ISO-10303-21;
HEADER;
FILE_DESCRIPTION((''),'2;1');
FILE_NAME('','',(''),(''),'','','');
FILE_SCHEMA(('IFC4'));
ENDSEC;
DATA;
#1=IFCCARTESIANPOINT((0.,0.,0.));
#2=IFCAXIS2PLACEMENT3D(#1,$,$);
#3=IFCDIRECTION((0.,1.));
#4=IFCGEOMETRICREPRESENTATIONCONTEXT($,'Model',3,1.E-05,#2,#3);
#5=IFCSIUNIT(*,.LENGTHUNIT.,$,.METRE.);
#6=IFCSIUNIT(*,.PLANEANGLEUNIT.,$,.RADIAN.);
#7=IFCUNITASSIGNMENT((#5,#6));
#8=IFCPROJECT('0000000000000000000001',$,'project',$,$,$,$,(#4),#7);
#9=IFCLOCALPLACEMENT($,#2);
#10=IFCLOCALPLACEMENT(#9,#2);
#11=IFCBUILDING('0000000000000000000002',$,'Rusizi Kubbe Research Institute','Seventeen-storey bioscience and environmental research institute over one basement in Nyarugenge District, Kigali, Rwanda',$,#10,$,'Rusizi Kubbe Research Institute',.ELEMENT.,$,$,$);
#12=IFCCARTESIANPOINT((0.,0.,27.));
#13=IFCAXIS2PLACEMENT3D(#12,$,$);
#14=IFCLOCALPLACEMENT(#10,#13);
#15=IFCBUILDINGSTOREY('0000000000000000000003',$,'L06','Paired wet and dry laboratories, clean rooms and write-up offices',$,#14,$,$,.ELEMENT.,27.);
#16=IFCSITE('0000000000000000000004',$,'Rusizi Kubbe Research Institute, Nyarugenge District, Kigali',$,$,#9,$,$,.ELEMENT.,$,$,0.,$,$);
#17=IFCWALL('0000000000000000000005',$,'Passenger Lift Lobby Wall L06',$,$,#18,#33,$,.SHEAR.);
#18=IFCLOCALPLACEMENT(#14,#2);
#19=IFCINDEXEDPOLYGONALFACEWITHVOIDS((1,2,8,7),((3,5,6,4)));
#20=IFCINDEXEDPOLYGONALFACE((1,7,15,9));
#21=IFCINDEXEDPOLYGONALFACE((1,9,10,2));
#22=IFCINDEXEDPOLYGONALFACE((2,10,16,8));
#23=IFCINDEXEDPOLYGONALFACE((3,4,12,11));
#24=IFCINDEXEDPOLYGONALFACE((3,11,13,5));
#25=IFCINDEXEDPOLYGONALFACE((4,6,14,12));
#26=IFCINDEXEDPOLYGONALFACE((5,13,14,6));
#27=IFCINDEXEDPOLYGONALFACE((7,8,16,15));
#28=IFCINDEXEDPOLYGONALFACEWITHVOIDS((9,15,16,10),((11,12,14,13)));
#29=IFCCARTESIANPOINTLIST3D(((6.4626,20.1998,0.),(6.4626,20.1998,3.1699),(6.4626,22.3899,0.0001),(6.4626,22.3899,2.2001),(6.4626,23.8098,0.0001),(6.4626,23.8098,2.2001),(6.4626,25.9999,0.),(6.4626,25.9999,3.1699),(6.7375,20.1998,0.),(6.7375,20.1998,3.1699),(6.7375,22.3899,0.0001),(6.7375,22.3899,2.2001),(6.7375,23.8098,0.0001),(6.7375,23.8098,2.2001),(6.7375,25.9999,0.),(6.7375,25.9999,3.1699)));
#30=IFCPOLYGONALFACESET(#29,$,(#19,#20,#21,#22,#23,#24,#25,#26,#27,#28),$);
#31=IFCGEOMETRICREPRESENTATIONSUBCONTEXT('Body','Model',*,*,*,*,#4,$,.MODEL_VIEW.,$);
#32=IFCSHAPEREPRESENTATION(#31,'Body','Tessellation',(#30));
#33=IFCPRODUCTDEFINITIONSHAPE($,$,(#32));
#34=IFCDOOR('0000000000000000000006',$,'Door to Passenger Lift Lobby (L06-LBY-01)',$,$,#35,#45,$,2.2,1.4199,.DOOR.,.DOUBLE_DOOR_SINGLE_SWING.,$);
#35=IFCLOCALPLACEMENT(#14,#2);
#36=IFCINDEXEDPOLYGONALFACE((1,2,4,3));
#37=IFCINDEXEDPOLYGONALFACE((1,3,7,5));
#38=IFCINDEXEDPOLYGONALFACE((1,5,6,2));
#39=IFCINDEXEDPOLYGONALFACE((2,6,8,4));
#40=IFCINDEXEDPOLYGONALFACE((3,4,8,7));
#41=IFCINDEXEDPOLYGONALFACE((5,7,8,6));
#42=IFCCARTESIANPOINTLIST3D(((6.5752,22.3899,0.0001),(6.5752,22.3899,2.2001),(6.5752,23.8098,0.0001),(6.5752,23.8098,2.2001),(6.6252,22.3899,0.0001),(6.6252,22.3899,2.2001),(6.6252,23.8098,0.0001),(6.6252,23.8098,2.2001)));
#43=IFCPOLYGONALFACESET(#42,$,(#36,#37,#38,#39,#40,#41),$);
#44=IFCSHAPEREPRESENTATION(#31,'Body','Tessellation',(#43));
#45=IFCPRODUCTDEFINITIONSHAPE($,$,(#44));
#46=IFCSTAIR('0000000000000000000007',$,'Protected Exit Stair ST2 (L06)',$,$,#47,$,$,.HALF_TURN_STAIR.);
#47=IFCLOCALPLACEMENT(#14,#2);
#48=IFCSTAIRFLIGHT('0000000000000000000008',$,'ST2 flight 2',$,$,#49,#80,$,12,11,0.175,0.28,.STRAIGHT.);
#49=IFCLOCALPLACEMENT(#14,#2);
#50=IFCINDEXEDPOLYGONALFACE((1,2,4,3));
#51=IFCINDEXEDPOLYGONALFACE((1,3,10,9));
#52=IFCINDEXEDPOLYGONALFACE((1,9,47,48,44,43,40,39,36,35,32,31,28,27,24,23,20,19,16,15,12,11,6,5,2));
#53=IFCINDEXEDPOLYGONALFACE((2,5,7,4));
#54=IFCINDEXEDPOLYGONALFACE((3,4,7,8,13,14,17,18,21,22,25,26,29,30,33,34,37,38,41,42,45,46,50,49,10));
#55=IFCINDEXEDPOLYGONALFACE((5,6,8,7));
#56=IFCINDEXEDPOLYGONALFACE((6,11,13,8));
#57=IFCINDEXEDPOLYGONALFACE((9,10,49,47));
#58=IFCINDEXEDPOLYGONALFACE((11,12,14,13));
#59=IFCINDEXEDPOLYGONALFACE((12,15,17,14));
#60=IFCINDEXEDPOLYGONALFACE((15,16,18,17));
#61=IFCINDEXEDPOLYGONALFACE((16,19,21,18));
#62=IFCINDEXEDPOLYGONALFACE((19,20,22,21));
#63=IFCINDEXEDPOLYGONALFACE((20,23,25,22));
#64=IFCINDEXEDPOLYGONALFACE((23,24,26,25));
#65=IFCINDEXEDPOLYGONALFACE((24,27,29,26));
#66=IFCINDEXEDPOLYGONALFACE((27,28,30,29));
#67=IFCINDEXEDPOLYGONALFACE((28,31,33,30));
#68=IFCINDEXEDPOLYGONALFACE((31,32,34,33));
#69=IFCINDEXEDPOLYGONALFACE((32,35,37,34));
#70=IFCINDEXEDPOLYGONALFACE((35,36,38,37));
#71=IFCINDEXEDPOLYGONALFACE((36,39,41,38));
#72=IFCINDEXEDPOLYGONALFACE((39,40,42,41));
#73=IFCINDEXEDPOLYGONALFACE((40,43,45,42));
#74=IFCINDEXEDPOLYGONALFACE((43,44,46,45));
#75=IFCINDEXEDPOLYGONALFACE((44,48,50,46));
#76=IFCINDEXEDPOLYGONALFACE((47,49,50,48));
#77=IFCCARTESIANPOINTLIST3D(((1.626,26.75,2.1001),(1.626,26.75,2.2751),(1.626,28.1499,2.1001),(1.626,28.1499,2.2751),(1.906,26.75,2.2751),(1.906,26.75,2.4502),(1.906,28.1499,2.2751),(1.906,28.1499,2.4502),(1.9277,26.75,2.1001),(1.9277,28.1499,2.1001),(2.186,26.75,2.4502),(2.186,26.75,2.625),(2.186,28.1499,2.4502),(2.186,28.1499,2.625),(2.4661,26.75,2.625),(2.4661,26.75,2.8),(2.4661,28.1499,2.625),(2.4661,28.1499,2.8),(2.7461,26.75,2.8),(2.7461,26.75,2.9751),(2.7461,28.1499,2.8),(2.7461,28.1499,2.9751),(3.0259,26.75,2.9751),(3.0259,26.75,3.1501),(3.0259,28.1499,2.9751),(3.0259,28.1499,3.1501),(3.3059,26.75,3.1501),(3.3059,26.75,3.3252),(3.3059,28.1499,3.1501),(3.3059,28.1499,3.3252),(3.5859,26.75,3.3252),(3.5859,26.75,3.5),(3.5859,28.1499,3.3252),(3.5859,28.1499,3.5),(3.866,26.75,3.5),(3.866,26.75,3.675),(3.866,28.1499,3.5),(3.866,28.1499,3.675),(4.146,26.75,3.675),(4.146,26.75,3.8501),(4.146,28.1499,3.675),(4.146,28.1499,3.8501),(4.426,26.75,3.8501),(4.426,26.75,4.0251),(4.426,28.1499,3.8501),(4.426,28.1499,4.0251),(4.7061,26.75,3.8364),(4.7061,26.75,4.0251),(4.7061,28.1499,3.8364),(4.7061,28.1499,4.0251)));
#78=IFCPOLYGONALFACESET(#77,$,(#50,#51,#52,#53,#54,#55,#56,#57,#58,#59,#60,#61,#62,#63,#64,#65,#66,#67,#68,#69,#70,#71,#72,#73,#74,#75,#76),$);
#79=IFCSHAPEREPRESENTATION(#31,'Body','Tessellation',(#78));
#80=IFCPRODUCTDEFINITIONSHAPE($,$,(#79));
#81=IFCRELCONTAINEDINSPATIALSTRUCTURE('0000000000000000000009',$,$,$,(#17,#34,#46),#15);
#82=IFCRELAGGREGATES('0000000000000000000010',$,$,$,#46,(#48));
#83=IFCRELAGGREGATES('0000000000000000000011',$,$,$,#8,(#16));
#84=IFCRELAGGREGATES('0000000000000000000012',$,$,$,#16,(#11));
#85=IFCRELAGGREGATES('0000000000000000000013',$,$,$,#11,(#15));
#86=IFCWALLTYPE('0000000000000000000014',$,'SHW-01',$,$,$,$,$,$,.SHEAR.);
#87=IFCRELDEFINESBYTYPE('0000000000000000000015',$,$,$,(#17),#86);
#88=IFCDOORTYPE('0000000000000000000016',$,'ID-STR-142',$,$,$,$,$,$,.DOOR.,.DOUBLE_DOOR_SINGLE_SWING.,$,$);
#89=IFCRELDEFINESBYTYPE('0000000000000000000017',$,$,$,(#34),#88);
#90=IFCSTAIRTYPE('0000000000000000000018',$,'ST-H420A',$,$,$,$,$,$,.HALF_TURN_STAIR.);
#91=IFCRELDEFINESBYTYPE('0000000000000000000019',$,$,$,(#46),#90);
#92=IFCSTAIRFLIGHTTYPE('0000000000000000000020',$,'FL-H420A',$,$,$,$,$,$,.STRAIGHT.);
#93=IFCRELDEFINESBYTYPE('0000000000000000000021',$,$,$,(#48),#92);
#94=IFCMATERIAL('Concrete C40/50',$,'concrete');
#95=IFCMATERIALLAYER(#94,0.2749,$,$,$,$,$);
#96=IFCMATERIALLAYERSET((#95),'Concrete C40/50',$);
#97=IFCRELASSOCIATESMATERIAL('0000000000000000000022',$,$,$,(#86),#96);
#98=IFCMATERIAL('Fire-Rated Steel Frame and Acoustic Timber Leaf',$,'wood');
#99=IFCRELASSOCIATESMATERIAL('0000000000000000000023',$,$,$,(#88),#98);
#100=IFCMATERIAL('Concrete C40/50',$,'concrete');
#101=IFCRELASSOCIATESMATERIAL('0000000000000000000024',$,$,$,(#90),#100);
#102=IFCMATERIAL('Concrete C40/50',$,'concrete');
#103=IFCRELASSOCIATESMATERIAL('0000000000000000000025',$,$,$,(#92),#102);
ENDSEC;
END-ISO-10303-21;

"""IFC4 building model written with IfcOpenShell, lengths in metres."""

from ifc_helpers import new_model, si_unit, direction, frame, frame_2d, origin, place, context, subcontext, project, spatial, polyline, rectangle, outline, extrude, material, layer, layer_set, type_object, element, fill, aggregate, save


model = new_model("IFC4")

# Units and contexts
model_context = context("Model", 3, precision=1e-05, world=origin(), true_north=direction((0.0, 1.0)))
body_context = subcontext(model_context, "Body", "Model", "MODEL_VIEW")
ifc_project = project(units=[si_unit("LENGTHUNIT", "METRE"), si_unit("PLANEANGLEUNIT", "RADIAN")], contexts=[model_context])

# Site, building, storey
site_placement = place(None, origin())
site = spatial("IfcSite", under=ifc_project, at=site_placement, Name="Rusizi Kubbe Research Institute, Nyarugenge District, Kigali", CompositionType="ELEMENT", RefElevation=0.0)
building_placement = place(site_placement, origin())
building = spatial("IfcBuilding", under=site, at=building_placement, Name="Rusizi Kubbe Research Institute", Description="Seventeen-storey bioscience and environmental research institute over one basement in Nyarugenge District, Kigali, Rwanda", LongName="Rusizi Kubbe Research Institute", CompositionType="ELEMENT")
storey_placement = place(building_placement, frame((0.0, 0.0, 27.0)))
storey = spatial("IfcBuildingStorey", under=building, at=storey_placement, Name="L06", Description="Paired wet and dry laboratories, clean rooms and write-up offices", CompositionType="ELEMENT", Elevation=27.0)

# Wall, opening, door
ifc_material_1 = material(Name="Concrete C40/50", Category="concrete")
ifc_layer_1 = layer(ifc_material_1, 0.2749)
ifc_layer_set_1 = layer_set([ifc_layer_1], Name="Concrete C40/50")
wall_type_1 = type_object("IfcWallType", Name="SHW-01", PredefinedType="SHEAR", material=ifc_layer_set_1)
wall_1_placement = place(storey_placement, frame((6.6001, 20.2, 0.0), z_axis=(0.0, 0.0, 1.0), x_axis=(0.0, 1.0, 0.0)))
wall_1 = element("IfcWall", 1, at=wall_1_placement, inside=storey, type_object=wall_type_1, Name="Passenger Lift Lobby Wall L06", PredefinedType="SHEAR", context=body_context, shape_type="SweptSolid", body=[
    extrude(rectangle(XDim=5.8, YDim=0.2749, at=frame_2d((2.8999, 0.0))), origin(), (0.0, 0.0, 1.0), 3.1699),
])
opening_1_placement = place(wall_1_placement, frame((2.1899, 0.0, 0.0)))
opening_1 = element("IfcOpeningElement", 2, at=opening_1_placement, cuts=wall_1, PredefinedType="OPENING", context=body_context, shape_type="SweptSolid", body=[
    extrude(rectangle(XDim=1.4199, YDim=2.2, at=frame_2d((0.71, 1.1001))), frame((0.0, 0.1475, 0.0), z_axis=(0.0, -1.0, 0.0), x_axis=(1.0, 0.0, 0.0)), (0.0, 0.0, 1.0), 0.2949),
])
ifc_material_2 = material(Name="Fire-Rated Steel Frame and Acoustic Timber Leaf", Category="wood")
door_type_1 = type_object("IfcDoorType", Name="ID-STR-142", OperationType="DOUBLE_DOOR_SINGLE_SWING", PredefinedType="DOOR", material=ifc_material_2)
door_1_placement = place(opening_1_placement, origin())
door_1 = element("IfcDoor", 3, at=door_1_placement, inside=storey, type_object=door_type_1, Name="Door to Passenger Lift Lobby (L06-LBY-01)", OperationType="DOUBLE_DOOR_SINGLE_SWING", OverallHeight=2.2, OverallWidth=1.4199, PredefinedType="DOOR", context=body_context, shape_type="SweptSolid", body=[
    extrude(rectangle(XDim=1.4199, YDim=2.2, at=frame_2d((0.71, 1.1001))), frame((0.0, 0.0249, 0.0), z_axis=(0.0, -1.0, 0.0), x_axis=(1.0, 0.0, 0.0)), (0.0, 0.0, 1.0), 0.05),
])
fill(opening_1, door_1)

# Stair, stair flight
ifc_material_3 = material(Name="Concrete C40/50", Category="concrete")
stair_type = type_object("IfcStairType", Name="ST-H420A", PredefinedType="HALF_TURN_STAIR", material=ifc_material_3)
stair_placement = place(storey_placement, origin())
stair = element("IfcStair", 4, at=stair_placement, inside=storey, type_object=stair_type, Name="Protected Exit Stair ST2 (L06)", PredefinedType="HALF_TURN_STAIR")
ifc_material_4 = material(Name="Concrete C40/50", Category="concrete")
stair_flight_type = type_object("IfcStairFlightType", Name="FL-H420A", PredefinedType="STRAIGHT", material=ifc_material_4)
stair_flight_placement = place(storey_placement, frame((1.626, 27.45, 2.1001), z_axis=(0.0, 0.0, 1.0), x_axis=(1.0, 0.0, 0.0)))
stair_flight = element("IfcStairFlight", 5, at=stair_flight_placement, type_object=stair_flight_type, Name="ST2 flight 2", NumberOfRisers=12, NumberOfTreads=11, PredefinedType="STRAIGHT", RiserHeight=0.175, TreadLength=0.28, context=body_context, shape_type="SweptSolid", body=[
    extrude(outline(polyline([(0.0, 0.0), (0.0, 0.175), (0.28, 0.175), (0.28, 0.3501), (0.5601, 0.3501), (0.5601, 0.5249), (0.8401, 0.5249), (0.8401, 0.7), (1.1201, 0.7), (1.1201, 0.875), (1.3999, 0.875), (1.3999, 1.05), (1.6799, 1.05), (1.6799, 1.2251), (1.96, 1.2251), (1.96, 1.3999), (2.24, 1.3999), (2.24, 1.575), (2.52, 1.575), (2.52, 1.75), (2.8, 1.75), (2.8, 1.925), (3.0801, 1.925), (3.0801, 2.1001), (3.0801, 1.7363), (0.3018, 0.0), (0.0, 0.0)])), frame((0.0, 0.7, 0.0), z_axis=(0.0, -1.0, 0.0), x_axis=(1.0, 0.0, 0.0)), (0.0, 0.0, 1.0), 1.3999),
])
aggregate(stair, [stair_flight])

save(model, "model.ifc")
